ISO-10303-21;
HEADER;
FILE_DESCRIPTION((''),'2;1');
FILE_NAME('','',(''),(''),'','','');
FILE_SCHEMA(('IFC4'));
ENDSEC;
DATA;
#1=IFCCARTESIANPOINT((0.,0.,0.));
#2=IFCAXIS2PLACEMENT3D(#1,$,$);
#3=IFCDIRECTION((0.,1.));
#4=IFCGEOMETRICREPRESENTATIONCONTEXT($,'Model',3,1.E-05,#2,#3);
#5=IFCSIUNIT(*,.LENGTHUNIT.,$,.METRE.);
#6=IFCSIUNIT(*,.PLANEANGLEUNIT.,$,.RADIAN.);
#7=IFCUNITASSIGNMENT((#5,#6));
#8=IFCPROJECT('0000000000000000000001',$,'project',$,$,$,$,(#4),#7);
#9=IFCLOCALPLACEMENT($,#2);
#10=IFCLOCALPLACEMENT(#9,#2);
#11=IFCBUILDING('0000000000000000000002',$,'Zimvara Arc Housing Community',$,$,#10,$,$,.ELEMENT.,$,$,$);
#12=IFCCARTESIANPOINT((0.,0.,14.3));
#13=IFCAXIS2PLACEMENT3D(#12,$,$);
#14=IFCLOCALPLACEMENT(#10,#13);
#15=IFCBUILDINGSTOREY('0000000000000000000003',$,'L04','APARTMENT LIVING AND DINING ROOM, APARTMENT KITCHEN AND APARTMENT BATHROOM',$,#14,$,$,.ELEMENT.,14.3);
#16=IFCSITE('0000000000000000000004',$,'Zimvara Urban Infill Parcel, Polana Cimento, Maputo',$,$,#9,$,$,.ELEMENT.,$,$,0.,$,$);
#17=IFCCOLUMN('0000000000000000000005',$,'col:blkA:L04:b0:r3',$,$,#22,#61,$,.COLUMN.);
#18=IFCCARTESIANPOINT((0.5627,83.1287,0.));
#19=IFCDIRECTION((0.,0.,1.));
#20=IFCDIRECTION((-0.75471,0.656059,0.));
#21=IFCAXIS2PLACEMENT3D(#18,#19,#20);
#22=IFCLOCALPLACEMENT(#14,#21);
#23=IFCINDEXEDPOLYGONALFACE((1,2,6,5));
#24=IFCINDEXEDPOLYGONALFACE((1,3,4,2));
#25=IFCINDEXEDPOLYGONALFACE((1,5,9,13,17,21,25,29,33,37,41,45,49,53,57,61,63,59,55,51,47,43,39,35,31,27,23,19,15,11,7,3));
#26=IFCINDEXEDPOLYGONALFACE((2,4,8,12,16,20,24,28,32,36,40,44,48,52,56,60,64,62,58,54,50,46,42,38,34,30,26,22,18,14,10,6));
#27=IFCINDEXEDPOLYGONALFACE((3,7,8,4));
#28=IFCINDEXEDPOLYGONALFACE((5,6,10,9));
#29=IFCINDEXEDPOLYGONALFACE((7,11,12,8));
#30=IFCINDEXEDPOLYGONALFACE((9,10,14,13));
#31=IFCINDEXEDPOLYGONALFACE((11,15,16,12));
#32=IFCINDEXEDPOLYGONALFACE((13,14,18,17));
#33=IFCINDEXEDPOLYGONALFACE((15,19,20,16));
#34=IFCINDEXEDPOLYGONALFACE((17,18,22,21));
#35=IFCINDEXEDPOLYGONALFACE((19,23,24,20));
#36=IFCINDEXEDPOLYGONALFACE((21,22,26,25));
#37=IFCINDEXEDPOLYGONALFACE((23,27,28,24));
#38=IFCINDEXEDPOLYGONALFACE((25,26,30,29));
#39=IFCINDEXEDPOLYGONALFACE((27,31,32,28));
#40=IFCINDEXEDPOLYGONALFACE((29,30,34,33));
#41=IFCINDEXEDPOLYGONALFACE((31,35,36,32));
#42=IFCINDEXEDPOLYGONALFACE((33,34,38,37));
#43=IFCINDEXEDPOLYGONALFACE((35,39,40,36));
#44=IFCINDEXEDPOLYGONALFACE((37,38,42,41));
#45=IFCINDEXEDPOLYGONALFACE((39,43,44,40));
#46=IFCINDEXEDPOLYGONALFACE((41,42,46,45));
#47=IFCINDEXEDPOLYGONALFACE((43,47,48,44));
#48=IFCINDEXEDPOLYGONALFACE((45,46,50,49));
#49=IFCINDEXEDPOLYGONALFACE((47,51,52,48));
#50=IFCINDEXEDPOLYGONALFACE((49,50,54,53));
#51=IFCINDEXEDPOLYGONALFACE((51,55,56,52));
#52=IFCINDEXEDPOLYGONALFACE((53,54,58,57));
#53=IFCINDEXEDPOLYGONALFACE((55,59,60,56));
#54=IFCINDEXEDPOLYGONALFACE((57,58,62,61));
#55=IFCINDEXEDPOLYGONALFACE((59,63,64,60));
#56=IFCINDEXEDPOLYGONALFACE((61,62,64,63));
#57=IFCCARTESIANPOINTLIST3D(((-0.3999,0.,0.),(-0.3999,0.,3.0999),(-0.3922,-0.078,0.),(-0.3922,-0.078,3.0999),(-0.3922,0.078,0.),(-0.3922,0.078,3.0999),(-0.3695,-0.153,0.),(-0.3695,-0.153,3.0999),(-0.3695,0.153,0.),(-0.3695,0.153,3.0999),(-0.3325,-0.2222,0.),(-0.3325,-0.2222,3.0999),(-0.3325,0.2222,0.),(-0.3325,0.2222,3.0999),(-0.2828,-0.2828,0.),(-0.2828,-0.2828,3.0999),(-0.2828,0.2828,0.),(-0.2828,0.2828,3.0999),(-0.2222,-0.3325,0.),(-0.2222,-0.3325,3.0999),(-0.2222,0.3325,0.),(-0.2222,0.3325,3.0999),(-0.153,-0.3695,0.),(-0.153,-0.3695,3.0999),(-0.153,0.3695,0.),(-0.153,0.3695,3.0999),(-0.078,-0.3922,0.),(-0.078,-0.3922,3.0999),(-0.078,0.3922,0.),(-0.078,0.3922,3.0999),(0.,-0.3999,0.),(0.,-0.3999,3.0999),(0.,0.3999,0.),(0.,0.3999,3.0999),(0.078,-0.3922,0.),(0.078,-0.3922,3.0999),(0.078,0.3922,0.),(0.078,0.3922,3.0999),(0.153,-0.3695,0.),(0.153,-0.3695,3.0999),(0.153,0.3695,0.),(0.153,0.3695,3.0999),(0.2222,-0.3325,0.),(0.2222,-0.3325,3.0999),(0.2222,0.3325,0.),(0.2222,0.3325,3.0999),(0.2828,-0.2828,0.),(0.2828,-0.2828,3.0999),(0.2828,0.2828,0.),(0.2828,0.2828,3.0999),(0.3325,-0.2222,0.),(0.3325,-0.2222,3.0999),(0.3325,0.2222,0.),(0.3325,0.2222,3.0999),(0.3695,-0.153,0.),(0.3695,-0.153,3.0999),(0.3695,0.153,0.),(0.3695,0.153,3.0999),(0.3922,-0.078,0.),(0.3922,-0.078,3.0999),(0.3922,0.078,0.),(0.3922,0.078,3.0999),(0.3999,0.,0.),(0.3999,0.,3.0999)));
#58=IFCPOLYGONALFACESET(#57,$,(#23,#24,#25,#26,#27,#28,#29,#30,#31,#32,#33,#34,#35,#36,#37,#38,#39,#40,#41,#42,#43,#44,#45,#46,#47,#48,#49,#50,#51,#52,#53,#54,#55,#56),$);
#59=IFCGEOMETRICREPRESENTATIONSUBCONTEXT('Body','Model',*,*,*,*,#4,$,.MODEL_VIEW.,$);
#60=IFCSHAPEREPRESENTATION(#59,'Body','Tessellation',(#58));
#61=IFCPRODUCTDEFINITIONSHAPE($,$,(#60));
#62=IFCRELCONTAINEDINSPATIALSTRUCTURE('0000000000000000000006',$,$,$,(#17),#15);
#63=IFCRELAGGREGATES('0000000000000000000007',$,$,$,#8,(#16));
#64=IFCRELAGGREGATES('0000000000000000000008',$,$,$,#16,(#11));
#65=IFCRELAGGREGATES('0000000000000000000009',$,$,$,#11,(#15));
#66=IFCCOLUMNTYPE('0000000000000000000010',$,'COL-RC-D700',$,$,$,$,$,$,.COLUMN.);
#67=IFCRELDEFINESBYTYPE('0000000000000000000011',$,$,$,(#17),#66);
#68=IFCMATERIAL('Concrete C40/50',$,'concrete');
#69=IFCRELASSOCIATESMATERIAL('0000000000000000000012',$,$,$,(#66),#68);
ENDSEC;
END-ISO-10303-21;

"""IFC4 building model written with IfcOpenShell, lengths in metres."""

from ifc_helpers import new_model, si_unit, direction, frame, origin, origin_2d, place, context, subcontext, project, spatial, circle, extrude, material, material_profile, profile_set, type_object, element, save


model = new_model("IFC4")

# Units and contexts
model_context = context("Model", 3, precision=1e-05, world=origin(), true_north=direction((0.0, 1.0)))
body_context = subcontext(model_context, "Body", "Model", "MODEL_VIEW")
ifc_project = project(units=[si_unit("LENGTHUNIT", "METRE"), si_unit("PLANEANGLEUNIT", "RADIAN")], contexts=[model_context])

# Site, building, storey
site_placement = place(None, origin())
site = spatial("IfcSite", under=ifc_project, at=site_placement, Name="Zimvara Urban Infill Parcel, Polana Cimento, Maputo", CompositionType="ELEMENT", RefElevation=0.0)
building_placement = place(site_placement, origin())
building = spatial("IfcBuilding", under=site, at=building_placement, Name="Zimvara Arc Housing Community", CompositionType="ELEMENT")
storey_placement = place(building_placement, frame((0.0, 0.0, 14.3)))
storey = spatial("IfcBuildingStorey", under=building, at=storey_placement, Name="L04", Description="APARTMENT LIVING AND DINING ROOM, APARTMENT KITCHEN AND APARTMENT BATHROOM", CompositionType="ELEMENT", Elevation=14.3)

# Column
ifc_material_1 = material(Name="Concrete C40/50", Category="concrete")
ifc_material_profile_1 = material_profile(ifc_material_1, circle(Radius=0.3999, at=origin_2d()), Name="RC D800")
ifc_profile_set_1 = profile_set([ifc_material_profile_1], Name="Concrete C40/50")
column_type_1 = type_object("IfcColumnType", Name="COL-RC-D700", PredefinedType="COLUMN", material=ifc_profile_set_1)
column_placement = place(storey_placement, frame((0.5627, 83.1287, 0.0), z_axis=(0.0, 0.0, 1.0), x_axis=(-0.75471, 0.656059, 0.0)))
element("IfcColumn", 1, at=column_placement, inside=storey, type_object=column_type_1, Name="col:blkA:L04:b0:r3", PredefinedType="COLUMN", context=body_context, shape_type="SweptSolid", body=[
    extrude(circle(Radius=0.3999, at=origin_2d()), origin(), (0.0, 0.0, 1.0), 3.0999),
])

save(model, "model.ifc")
